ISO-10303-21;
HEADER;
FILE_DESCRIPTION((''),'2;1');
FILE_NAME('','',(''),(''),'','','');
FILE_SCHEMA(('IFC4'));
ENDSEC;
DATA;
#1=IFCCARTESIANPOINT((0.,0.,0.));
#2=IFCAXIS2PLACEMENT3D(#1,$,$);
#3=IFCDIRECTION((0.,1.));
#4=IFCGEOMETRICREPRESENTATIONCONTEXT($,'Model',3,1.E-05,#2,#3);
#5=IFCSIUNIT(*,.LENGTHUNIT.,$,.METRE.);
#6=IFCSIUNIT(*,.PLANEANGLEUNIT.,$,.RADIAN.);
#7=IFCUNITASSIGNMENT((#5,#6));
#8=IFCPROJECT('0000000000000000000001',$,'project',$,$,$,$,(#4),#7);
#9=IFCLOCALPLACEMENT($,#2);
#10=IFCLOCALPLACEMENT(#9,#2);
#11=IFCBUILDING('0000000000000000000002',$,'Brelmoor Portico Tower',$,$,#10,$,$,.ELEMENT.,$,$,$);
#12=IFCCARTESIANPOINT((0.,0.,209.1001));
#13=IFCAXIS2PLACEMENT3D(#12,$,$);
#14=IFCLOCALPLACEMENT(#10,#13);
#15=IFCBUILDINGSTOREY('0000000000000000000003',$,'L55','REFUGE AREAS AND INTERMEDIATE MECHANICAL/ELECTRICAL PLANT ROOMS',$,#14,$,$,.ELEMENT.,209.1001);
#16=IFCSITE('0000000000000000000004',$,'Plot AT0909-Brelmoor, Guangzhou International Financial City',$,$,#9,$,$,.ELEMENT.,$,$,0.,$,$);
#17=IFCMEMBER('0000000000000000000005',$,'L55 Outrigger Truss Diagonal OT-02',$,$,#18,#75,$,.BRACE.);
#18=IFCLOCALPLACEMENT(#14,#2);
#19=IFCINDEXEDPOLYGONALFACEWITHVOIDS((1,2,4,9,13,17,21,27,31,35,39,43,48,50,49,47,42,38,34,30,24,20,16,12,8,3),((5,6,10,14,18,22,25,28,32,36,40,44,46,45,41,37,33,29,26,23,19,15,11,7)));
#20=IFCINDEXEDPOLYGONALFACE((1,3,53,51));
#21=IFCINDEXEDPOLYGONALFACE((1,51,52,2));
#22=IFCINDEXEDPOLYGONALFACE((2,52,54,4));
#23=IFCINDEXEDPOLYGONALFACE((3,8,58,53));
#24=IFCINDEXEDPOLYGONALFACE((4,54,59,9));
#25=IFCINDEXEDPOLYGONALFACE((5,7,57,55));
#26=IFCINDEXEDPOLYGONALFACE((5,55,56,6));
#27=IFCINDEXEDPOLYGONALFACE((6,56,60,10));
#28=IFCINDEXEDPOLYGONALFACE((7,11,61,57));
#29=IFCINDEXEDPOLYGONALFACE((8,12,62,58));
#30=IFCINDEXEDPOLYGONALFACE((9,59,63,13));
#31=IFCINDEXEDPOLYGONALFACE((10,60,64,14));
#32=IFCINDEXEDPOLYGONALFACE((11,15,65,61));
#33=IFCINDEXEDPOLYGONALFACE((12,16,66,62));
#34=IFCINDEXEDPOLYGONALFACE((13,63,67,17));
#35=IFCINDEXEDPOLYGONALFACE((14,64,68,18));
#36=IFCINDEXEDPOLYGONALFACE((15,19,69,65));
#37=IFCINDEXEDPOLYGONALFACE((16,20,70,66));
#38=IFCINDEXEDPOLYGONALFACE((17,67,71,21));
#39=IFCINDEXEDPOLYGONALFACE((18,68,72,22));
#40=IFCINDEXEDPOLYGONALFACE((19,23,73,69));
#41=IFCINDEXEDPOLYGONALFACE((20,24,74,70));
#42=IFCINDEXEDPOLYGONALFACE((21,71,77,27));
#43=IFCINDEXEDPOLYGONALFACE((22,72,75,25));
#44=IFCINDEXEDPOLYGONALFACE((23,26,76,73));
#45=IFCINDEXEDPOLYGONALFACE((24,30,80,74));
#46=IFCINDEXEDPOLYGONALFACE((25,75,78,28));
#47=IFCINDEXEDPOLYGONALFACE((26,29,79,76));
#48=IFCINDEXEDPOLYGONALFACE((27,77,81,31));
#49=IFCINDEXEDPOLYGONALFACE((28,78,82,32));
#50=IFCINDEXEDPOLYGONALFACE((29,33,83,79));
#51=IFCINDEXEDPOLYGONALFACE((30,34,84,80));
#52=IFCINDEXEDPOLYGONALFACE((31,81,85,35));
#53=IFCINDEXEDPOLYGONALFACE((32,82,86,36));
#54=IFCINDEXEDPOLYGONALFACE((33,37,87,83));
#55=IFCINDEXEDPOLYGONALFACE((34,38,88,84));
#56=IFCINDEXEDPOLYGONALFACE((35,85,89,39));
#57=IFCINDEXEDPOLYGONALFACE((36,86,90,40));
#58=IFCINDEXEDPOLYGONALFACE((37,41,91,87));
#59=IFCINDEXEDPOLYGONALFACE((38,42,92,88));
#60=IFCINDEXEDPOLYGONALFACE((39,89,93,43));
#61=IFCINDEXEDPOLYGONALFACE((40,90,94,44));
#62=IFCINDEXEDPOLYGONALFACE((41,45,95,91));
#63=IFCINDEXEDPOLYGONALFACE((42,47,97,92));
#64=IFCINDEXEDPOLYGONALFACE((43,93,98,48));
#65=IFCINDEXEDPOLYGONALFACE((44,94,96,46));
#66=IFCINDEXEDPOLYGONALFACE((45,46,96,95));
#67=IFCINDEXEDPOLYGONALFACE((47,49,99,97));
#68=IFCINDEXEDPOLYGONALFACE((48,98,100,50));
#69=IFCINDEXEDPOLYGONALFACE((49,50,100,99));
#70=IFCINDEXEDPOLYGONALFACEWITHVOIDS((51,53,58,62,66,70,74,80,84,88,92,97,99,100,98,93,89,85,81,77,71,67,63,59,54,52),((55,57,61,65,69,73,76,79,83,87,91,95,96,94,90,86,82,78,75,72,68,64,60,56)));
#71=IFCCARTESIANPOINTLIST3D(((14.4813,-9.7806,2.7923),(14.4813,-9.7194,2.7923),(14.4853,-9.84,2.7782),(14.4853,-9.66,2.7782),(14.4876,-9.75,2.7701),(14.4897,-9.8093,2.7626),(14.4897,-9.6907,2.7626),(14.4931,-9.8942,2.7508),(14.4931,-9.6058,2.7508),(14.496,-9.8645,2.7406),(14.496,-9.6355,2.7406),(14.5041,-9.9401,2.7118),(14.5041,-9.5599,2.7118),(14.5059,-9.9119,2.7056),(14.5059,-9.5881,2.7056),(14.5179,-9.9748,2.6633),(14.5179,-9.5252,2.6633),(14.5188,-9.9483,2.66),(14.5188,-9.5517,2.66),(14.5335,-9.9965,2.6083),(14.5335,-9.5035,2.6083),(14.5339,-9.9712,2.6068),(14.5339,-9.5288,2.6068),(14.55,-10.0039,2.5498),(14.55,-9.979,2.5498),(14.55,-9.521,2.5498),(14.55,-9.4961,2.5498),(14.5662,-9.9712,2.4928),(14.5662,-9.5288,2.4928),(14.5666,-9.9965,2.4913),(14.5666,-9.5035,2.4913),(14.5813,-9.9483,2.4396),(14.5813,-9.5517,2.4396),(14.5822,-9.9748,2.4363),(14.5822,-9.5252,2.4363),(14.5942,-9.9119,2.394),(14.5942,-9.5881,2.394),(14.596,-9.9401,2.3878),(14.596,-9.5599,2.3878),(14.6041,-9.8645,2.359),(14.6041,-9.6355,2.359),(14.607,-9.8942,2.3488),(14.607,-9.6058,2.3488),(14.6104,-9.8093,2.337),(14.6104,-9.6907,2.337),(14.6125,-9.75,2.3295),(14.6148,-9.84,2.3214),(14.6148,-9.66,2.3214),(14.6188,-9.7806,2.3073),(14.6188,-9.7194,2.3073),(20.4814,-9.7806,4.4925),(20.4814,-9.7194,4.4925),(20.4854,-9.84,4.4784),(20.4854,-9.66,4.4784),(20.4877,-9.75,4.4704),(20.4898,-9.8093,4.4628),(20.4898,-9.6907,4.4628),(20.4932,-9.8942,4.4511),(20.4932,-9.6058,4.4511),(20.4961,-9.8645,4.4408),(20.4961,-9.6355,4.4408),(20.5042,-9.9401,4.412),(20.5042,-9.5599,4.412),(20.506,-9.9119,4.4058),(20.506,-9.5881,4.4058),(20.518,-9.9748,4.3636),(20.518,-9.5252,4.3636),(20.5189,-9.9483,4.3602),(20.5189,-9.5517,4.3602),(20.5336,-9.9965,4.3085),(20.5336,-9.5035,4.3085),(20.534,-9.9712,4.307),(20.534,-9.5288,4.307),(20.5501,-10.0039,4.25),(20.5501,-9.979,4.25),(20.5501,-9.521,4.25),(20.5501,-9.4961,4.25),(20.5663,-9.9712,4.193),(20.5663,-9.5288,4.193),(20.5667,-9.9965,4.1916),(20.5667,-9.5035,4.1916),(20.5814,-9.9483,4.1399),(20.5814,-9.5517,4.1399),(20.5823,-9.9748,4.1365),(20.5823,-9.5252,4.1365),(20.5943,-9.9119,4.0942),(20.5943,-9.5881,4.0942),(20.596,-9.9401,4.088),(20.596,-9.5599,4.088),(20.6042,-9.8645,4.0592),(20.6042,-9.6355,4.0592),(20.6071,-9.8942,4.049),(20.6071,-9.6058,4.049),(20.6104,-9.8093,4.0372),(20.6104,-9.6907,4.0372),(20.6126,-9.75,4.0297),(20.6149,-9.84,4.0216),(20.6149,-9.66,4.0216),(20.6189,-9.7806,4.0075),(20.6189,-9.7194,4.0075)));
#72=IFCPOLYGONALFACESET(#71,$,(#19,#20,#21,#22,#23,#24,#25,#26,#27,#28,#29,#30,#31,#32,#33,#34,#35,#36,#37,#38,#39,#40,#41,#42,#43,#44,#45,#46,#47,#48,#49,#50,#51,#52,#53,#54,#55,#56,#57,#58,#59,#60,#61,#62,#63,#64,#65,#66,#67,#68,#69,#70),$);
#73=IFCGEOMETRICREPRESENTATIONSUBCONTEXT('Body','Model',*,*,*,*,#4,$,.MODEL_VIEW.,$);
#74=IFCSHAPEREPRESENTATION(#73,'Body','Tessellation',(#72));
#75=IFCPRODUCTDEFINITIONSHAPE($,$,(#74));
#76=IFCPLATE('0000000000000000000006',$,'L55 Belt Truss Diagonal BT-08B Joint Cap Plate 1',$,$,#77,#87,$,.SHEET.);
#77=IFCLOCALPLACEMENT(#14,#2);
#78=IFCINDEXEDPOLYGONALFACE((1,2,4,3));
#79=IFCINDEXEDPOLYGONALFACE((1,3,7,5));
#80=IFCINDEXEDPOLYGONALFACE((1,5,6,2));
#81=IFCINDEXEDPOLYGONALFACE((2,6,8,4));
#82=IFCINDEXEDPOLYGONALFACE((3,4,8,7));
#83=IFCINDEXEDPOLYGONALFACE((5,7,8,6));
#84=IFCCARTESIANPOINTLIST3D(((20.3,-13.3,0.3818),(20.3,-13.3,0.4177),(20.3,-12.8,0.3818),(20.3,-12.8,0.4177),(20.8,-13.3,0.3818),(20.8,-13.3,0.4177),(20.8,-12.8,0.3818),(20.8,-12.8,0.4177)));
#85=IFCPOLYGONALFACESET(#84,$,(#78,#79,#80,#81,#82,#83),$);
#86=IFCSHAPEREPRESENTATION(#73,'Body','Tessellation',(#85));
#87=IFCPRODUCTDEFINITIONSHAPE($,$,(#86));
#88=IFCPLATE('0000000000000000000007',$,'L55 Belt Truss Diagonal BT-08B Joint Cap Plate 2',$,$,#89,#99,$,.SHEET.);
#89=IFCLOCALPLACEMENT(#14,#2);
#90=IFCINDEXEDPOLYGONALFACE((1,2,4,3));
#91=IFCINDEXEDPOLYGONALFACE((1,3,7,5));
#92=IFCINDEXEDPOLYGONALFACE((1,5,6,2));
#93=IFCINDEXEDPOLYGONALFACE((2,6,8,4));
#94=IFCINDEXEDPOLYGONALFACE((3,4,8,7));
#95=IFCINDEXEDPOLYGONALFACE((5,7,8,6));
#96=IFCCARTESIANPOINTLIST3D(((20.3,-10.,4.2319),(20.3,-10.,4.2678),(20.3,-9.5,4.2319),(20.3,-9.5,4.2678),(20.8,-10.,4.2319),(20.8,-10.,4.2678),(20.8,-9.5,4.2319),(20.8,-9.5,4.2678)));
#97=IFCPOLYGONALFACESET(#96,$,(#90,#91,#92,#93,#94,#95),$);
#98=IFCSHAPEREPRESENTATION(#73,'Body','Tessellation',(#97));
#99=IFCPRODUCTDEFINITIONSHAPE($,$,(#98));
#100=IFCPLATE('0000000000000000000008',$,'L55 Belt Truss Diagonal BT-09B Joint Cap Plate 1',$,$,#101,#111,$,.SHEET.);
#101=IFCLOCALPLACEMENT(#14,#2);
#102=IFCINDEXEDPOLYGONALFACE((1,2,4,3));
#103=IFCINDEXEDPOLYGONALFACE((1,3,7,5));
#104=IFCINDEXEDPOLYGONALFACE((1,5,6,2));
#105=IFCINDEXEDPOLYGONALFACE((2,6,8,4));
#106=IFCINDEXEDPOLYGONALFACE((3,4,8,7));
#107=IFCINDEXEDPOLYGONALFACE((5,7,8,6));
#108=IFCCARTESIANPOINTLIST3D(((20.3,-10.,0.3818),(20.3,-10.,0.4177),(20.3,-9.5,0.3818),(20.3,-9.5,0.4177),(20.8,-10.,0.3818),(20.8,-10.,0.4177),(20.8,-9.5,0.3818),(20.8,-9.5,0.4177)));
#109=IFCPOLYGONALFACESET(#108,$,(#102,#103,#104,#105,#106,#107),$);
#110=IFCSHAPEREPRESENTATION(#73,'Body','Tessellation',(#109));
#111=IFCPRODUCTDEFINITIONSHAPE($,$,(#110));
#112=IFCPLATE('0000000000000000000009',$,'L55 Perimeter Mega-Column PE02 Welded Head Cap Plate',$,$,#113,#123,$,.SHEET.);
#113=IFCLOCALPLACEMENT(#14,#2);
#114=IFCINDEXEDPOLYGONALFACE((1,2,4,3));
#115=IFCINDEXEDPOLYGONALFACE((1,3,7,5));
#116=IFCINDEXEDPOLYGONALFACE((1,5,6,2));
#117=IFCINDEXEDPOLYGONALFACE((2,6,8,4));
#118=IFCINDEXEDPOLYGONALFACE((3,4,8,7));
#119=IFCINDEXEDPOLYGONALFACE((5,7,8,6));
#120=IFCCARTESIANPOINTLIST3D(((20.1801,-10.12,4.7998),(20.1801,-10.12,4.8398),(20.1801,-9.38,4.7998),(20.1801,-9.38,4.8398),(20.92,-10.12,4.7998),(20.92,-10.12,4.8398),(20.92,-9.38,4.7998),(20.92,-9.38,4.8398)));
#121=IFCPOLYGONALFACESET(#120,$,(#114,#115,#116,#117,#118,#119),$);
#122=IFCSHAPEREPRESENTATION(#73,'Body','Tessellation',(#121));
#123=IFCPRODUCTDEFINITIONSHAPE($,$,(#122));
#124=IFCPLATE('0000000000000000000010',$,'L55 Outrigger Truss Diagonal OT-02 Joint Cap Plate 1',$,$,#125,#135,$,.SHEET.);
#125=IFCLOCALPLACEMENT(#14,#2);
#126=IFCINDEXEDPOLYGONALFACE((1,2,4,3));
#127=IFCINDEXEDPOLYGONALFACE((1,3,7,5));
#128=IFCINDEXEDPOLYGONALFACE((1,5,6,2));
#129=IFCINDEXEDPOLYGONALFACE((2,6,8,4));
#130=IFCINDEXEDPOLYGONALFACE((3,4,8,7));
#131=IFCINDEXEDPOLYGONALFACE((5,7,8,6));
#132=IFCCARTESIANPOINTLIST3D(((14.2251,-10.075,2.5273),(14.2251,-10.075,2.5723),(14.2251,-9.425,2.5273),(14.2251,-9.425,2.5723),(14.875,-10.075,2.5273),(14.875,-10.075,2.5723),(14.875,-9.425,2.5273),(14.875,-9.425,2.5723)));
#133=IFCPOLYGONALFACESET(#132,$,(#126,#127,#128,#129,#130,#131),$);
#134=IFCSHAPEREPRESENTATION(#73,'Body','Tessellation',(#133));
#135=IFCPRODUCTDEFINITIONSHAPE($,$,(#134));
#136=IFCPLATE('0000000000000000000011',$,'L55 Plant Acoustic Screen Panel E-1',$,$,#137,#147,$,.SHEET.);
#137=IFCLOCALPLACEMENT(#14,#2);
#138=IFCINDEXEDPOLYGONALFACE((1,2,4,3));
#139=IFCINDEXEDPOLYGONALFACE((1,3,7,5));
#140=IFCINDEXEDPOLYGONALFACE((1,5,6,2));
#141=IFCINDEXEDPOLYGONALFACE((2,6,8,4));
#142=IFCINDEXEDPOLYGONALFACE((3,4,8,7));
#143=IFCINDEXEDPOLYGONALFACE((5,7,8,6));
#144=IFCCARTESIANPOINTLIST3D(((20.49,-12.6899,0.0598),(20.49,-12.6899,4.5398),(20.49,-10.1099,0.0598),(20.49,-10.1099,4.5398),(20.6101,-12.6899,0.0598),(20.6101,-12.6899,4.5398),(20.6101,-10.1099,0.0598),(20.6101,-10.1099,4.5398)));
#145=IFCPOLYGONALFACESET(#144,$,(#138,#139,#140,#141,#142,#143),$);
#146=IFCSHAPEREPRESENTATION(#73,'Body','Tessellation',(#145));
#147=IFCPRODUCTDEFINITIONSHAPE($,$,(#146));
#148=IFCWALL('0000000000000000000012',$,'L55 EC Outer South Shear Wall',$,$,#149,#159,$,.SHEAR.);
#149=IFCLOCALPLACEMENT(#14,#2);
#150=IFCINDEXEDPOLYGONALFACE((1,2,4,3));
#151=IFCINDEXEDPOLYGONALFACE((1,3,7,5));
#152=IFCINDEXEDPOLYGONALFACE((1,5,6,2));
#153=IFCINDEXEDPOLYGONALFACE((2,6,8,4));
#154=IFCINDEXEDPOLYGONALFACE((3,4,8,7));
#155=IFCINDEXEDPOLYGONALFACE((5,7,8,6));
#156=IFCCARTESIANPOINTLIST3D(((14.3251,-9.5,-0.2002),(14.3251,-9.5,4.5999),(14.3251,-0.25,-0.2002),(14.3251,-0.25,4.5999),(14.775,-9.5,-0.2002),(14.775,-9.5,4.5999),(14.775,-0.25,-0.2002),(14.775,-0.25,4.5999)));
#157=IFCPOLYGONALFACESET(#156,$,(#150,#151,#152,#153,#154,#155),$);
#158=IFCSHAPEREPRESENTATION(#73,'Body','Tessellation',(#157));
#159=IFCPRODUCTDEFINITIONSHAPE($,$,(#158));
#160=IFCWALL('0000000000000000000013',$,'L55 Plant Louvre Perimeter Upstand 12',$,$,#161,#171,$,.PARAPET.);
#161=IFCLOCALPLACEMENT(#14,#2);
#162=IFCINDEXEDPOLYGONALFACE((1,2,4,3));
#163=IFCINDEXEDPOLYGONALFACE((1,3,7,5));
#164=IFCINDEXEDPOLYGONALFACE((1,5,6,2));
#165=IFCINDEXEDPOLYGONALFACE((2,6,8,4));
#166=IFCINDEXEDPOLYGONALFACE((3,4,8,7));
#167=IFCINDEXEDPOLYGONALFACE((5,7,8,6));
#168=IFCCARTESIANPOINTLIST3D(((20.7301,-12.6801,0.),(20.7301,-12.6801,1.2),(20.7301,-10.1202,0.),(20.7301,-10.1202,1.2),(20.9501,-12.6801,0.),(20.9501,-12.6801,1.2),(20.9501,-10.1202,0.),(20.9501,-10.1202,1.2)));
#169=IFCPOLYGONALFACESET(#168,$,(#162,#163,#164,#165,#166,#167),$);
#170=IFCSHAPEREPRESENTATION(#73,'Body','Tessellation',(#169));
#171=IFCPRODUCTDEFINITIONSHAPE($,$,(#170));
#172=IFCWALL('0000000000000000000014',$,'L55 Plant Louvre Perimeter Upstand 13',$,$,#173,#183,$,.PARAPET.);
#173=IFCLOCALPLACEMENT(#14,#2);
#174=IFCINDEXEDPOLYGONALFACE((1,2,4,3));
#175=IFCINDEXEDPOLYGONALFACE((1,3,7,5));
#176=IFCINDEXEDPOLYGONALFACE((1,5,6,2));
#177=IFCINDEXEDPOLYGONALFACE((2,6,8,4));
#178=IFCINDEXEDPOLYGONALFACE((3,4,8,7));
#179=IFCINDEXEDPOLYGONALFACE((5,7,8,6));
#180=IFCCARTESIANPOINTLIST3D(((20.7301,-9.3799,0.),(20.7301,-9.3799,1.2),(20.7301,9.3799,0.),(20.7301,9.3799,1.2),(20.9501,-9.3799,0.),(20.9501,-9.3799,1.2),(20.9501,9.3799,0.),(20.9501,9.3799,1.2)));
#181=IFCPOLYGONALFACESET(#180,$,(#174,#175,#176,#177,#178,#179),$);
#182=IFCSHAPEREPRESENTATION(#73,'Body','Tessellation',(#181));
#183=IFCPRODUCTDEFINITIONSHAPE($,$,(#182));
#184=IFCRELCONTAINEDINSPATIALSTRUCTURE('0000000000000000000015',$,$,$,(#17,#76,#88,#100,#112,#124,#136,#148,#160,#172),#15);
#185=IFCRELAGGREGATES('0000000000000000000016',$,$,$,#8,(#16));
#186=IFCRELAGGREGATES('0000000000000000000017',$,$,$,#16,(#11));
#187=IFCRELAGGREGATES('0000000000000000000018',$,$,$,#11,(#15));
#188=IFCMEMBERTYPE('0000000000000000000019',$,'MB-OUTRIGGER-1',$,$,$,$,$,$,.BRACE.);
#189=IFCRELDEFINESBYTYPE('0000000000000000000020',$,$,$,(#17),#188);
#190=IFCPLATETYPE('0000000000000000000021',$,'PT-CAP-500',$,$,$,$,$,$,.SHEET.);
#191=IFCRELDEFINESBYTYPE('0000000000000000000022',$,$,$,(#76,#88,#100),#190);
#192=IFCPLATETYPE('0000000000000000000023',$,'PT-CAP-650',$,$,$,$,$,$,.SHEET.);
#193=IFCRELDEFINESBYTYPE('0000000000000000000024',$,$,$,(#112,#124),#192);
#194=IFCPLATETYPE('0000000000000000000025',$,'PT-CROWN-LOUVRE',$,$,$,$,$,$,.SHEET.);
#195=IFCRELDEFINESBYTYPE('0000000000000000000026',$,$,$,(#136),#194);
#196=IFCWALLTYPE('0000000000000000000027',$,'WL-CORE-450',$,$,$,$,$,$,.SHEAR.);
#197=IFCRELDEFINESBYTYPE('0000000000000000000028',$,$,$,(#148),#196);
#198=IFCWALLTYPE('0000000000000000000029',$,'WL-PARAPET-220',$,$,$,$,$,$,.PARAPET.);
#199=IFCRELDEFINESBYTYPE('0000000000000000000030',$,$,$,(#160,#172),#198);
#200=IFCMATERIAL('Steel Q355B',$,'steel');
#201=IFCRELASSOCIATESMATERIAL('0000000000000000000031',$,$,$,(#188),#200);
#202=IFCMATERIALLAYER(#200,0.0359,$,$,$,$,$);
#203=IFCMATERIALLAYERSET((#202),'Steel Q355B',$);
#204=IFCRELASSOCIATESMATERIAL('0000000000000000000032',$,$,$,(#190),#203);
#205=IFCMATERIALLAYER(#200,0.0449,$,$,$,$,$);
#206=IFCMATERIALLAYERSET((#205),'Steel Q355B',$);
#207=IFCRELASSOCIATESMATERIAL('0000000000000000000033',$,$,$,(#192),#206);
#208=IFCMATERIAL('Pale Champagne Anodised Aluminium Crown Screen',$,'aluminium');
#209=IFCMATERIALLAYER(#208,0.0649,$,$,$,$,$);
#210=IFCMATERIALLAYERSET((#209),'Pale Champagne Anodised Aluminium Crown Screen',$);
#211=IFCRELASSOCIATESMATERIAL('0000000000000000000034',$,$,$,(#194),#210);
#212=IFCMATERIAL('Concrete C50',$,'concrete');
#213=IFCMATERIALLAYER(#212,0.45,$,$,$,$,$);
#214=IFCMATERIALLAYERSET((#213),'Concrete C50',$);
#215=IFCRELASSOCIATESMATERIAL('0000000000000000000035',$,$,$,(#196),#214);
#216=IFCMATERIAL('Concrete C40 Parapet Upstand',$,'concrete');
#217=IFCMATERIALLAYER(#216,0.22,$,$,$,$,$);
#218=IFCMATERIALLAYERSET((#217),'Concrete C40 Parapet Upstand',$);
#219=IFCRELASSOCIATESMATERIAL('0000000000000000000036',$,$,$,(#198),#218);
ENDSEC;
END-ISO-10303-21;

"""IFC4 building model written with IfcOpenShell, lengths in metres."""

from ifc_helpers import new_model, si_unit, direction, frame, frame_2d, origin, origin_2d, place, context, subcontext, project, spatial, rectangle, hollow_circle, extrude, material, layer, layer_set, material_profile, profile_set, type_object, element, save


model = new_model("IFC4")

# Units and contexts
model_context = context("Model", 3, precision=1e-05, world=origin(), true_north=direction((0.0, 1.0)))
body_context = subcontext(model_context, "Body", "Model", "MODEL_VIEW")
ifc_project = project(units=[si_unit("LENGTHUNIT", "METRE"), si_unit("PLANEANGLEUNIT", "RADIAN")], contexts=[model_context])

# Site, building, storey
site_placement = place(None, origin())
site = spatial("IfcSite", under=ifc_project, at=site_placement, Name="Plot AT0909-Brelmoor, Guangzhou International Financial City", CompositionType="ELEMENT", RefElevation=0.0)
building_placement = place(site_placement, origin())
building = spatial("IfcBuilding", under=site, at=building_placement, Name="Brelmoor Portico Tower", CompositionType="ELEMENT")
storey_placement = place(building_placement, frame((0.0, 0.0, 209.1001)))
storey = spatial("IfcBuildingStorey", under=building, at=storey_placement, Name="L55", Description="REFUGE AREAS AND INTERMEDIATE MECHANICAL/ELECTRICAL PLANT ROOMS", CompositionType="ELEMENT", Elevation=209.1001)

# Shared definitions
ifc_material_1 = material(Name="Steel Q355B", Category="steel")

# Member
ifc_material_profile_1 = material_profile(ifc_material_1, hollow_circle(Radius=0.2539, WallThickness=0.0249, at=origin_2d()), Name="CHS 508x25")
ifc_profile_set_1 = profile_set([ifc_material_profile_1], Name="Steel Q355B")
member_type_1 = type_object("IfcMemberType", Name="MB-OUTRIGGER-1", PredefinedType="BRACE", material=ifc_profile_set_1)
member_1_placement = place(storey_placement, frame((14.55, -9.75, 2.5498), z_axis=(0.962119, 0.0, 0.272632), x_axis=(0.0, 1.0, 0.0)))
element("IfcMember", 1, at=member_1_placement, inside=storey, type_object=member_type_1, Name="L55 Outrigger Truss Diagonal OT-02", PredefinedType="BRACE", context=body_context, shape_type="SweptSolid", body=[
    extrude(hollow_circle(Radius=0.2539, WallThickness=0.0249, at=origin_2d()), origin(), (0.0, 0.0, 1.0), 6.2363),
])

# Plates
ifc_layer_1 = layer(ifc_material_1, 0.0359)
ifc_layer_set_1 = layer_set([ifc_layer_1], Name="Steel Q355B")
plate_type_1 = type_object("IfcPlateType", Name="PT-CAP-500", PredefinedType="SHEET", material=ifc_layer_set_1)
for number, where, z_axis, x_axis, name in (
    (2, (20.55, -13.05, 0.3818), (0.0, 0.0, 1.0), (1.0, 0.0, 0.0), "L55 Belt Truss Diagonal BT-08B Joint Cap Plate 1"),
    (3, (20.55, -9.75, 4.2319), (0.0, 0.0, 1.0), (1.0, 0.0, 0.0), "L55 Belt Truss Diagonal BT-08B Joint Cap Plate 2"),
    (4, (20.55, -9.75, 0.3818), (0.0, 0.0, 1.0), (1.0, 0.0, 0.0), "L55 Belt Truss Diagonal BT-09B Joint Cap Plate 1"),
):
    element("IfcPlate", number, at=place(storey_placement, frame(where, z_axis=z_axis, x_axis=x_axis)), inside=storey, type_object=plate_type_1, Name=name, PredefinedType="SHEET", context=body_context, shape_type="SweptSolid", body=[
        extrude(rectangle(XDim=0.5, YDim=0.5, at=origin_2d()), origin(), (0.0, 0.0, 1.0), 0.0359),
    ])
ifc_layer_2 = layer(ifc_material_1, 0.0449)
ifc_layer_set_2 = layer_set([ifc_layer_2], Name="Steel Q355B")
plate_type_2 = type_object("IfcPlateType", Name="PT-CAP-650", PredefinedType="SHEET", material=ifc_layer_set_2)
plate_1_placement = place(storey_placement, frame((20.55, -9.75, 4.7998), z_axis=(0.0, 0.0, 1.0), x_axis=(0.0, 1.0, 0.0)))
element("IfcPlate", 5, at=plate_1_placement, inside=storey, type_object=plate_type_2, Name="L55 Perimeter Mega-Column PE02 Welded Head Cap Plate", PredefinedType="SHEET", context=body_context, shape_type="SweptSolid", body=[
    extrude(rectangle(XDim=0.74, YDim=0.74, at=origin_2d()), origin(), (0.0, 0.0, 1.0), 0.04),
])
plate_2_placement = place(storey_placement, frame((14.55, -9.75, 2.5273), z_axis=(0.0, 0.0, 1.0), x_axis=(1.0, 0.0, 0.0)))
element("IfcPlate", 6, at=plate_2_placement, inside=storey, type_object=plate_type_2, Name="L55 Outrigger Truss Diagonal OT-02 Joint Cap Plate 1", PredefinedType="SHEET", context=body_context, shape_type="SweptSolid", body=[
    extrude(rectangle(XDim=0.6499, YDim=0.6499, at=origin_2d()), origin(), (0.0, 0.0, 1.0), 0.0449),
])
ifc_material_2 = material(Name="Pale Champagne Anodised Aluminium Crown Screen", Category="aluminium")
ifc_layer_3 = layer(ifc_material_2, 0.0649)
ifc_layer_set_3 = layer_set([ifc_layer_3], Name="Pale Champagne Anodised Aluminium Crown Screen")
plate_type_3 = type_object("IfcPlateType", Name="PT-CROWN-LOUVRE", PredefinedType="SHEET", material=ifc_layer_set_3)
plate_3_placement = place(storey_placement, frame((20.55, -11.3999, 0.0598), z_axis=(0.0, 0.0, 1.0), x_axis=(0.0, 1.0, 0.0)))
element("IfcPlate", 7, at=plate_3_placement, inside=storey, type_object=plate_type_3, Name="L55 Plant Acoustic Screen Panel E-1", PredefinedType="SHEET", context=body_context, shape_type="SweptSolid", body=[
    extrude(rectangle(XDim=2.5801, YDim=0.1201, at=origin_2d()), origin(), (0.0, 0.0, 1.0), 4.48),
])

# Walls
ifc_material_3 = material(Name="Concrete C50", Category="concrete")
ifc_layer_4 = layer(ifc_material_3, 0.45)
ifc_layer_set_4 = layer_set([ifc_layer_4], Name="Concrete C50")
wall_type_1 = type_object("IfcWallType", Name="WL-CORE-450", PredefinedType="SHEAR", material=ifc_layer_set_4)
wall_1_placement = place(storey_placement, frame((14.55, -9.5, -0.2002), z_axis=(0.0, 0.0, 1.0), x_axis=(0.0, 1.0, 0.0)))
element("IfcWall", 8, at=wall_1_placement, inside=storey, type_object=wall_type_1, Name="L55 EC Outer South Shear Wall", PredefinedType="SHEAR", context=body_context, shape_type="SweptSolid", body=[
    extrude(rectangle(XDim=9.25, YDim=0.45, at=frame_2d((4.625, 0.0))), origin(), (0.0, 0.0, 1.0), 4.8),
])
ifc_material_4 = material(Name="Concrete C40 Parapet Upstand", Category="concrete")
ifc_layer_5 = layer(ifc_material_4, 0.22)
ifc_layer_set_5 = layer_set([ifc_layer_5], Name="Concrete C40 Parapet Upstand")
wall_type_2 = type_object("IfcWallType", Name="WL-PARAPET-220", PredefinedType="PARAPET", material=ifc_layer_set_5)
wall_2_placement = place(storey_placement, frame((20.8401, -12.6799, 0.0), z_axis=(0.0, 0.0, 1.0), x_axis=(0.0, 1.0, 0.0)))
element("IfcWall", 9, at=wall_2_placement, inside=storey, type_object=wall_type_2, Name="L55 Plant Louvre Perimeter Upstand 12", PredefinedType="PARAPET", context=body_context, shape_type="SweptSolid", body=[
    extrude(rectangle(XDim=2.5598, YDim=0.22, at=frame_2d((1.2798, 0.0))), origin(), (0.0, 0.0, 1.0), 1.2),
])
wall_3_placement = place(storey_placement, frame((20.8401, -9.3799, 0.0), z_axis=(0.0, 0.0, 1.0), x_axis=(0.0, 1.0, 0.0)))
element("IfcWall", 10, at=wall_3_placement, inside=storey, type_object=wall_type_2, Name="L55 Plant Louvre Perimeter Upstand 13", PredefinedType="PARAPET", context=body_context, shape_type="SweptSolid", body=[
    extrude(rectangle(XDim=18.7598, YDim=0.22, at=frame_2d((9.3799, 0.0))), origin(), (0.0, 0.0, 1.0), 1.2),
])

save(model, "model.ifc")
